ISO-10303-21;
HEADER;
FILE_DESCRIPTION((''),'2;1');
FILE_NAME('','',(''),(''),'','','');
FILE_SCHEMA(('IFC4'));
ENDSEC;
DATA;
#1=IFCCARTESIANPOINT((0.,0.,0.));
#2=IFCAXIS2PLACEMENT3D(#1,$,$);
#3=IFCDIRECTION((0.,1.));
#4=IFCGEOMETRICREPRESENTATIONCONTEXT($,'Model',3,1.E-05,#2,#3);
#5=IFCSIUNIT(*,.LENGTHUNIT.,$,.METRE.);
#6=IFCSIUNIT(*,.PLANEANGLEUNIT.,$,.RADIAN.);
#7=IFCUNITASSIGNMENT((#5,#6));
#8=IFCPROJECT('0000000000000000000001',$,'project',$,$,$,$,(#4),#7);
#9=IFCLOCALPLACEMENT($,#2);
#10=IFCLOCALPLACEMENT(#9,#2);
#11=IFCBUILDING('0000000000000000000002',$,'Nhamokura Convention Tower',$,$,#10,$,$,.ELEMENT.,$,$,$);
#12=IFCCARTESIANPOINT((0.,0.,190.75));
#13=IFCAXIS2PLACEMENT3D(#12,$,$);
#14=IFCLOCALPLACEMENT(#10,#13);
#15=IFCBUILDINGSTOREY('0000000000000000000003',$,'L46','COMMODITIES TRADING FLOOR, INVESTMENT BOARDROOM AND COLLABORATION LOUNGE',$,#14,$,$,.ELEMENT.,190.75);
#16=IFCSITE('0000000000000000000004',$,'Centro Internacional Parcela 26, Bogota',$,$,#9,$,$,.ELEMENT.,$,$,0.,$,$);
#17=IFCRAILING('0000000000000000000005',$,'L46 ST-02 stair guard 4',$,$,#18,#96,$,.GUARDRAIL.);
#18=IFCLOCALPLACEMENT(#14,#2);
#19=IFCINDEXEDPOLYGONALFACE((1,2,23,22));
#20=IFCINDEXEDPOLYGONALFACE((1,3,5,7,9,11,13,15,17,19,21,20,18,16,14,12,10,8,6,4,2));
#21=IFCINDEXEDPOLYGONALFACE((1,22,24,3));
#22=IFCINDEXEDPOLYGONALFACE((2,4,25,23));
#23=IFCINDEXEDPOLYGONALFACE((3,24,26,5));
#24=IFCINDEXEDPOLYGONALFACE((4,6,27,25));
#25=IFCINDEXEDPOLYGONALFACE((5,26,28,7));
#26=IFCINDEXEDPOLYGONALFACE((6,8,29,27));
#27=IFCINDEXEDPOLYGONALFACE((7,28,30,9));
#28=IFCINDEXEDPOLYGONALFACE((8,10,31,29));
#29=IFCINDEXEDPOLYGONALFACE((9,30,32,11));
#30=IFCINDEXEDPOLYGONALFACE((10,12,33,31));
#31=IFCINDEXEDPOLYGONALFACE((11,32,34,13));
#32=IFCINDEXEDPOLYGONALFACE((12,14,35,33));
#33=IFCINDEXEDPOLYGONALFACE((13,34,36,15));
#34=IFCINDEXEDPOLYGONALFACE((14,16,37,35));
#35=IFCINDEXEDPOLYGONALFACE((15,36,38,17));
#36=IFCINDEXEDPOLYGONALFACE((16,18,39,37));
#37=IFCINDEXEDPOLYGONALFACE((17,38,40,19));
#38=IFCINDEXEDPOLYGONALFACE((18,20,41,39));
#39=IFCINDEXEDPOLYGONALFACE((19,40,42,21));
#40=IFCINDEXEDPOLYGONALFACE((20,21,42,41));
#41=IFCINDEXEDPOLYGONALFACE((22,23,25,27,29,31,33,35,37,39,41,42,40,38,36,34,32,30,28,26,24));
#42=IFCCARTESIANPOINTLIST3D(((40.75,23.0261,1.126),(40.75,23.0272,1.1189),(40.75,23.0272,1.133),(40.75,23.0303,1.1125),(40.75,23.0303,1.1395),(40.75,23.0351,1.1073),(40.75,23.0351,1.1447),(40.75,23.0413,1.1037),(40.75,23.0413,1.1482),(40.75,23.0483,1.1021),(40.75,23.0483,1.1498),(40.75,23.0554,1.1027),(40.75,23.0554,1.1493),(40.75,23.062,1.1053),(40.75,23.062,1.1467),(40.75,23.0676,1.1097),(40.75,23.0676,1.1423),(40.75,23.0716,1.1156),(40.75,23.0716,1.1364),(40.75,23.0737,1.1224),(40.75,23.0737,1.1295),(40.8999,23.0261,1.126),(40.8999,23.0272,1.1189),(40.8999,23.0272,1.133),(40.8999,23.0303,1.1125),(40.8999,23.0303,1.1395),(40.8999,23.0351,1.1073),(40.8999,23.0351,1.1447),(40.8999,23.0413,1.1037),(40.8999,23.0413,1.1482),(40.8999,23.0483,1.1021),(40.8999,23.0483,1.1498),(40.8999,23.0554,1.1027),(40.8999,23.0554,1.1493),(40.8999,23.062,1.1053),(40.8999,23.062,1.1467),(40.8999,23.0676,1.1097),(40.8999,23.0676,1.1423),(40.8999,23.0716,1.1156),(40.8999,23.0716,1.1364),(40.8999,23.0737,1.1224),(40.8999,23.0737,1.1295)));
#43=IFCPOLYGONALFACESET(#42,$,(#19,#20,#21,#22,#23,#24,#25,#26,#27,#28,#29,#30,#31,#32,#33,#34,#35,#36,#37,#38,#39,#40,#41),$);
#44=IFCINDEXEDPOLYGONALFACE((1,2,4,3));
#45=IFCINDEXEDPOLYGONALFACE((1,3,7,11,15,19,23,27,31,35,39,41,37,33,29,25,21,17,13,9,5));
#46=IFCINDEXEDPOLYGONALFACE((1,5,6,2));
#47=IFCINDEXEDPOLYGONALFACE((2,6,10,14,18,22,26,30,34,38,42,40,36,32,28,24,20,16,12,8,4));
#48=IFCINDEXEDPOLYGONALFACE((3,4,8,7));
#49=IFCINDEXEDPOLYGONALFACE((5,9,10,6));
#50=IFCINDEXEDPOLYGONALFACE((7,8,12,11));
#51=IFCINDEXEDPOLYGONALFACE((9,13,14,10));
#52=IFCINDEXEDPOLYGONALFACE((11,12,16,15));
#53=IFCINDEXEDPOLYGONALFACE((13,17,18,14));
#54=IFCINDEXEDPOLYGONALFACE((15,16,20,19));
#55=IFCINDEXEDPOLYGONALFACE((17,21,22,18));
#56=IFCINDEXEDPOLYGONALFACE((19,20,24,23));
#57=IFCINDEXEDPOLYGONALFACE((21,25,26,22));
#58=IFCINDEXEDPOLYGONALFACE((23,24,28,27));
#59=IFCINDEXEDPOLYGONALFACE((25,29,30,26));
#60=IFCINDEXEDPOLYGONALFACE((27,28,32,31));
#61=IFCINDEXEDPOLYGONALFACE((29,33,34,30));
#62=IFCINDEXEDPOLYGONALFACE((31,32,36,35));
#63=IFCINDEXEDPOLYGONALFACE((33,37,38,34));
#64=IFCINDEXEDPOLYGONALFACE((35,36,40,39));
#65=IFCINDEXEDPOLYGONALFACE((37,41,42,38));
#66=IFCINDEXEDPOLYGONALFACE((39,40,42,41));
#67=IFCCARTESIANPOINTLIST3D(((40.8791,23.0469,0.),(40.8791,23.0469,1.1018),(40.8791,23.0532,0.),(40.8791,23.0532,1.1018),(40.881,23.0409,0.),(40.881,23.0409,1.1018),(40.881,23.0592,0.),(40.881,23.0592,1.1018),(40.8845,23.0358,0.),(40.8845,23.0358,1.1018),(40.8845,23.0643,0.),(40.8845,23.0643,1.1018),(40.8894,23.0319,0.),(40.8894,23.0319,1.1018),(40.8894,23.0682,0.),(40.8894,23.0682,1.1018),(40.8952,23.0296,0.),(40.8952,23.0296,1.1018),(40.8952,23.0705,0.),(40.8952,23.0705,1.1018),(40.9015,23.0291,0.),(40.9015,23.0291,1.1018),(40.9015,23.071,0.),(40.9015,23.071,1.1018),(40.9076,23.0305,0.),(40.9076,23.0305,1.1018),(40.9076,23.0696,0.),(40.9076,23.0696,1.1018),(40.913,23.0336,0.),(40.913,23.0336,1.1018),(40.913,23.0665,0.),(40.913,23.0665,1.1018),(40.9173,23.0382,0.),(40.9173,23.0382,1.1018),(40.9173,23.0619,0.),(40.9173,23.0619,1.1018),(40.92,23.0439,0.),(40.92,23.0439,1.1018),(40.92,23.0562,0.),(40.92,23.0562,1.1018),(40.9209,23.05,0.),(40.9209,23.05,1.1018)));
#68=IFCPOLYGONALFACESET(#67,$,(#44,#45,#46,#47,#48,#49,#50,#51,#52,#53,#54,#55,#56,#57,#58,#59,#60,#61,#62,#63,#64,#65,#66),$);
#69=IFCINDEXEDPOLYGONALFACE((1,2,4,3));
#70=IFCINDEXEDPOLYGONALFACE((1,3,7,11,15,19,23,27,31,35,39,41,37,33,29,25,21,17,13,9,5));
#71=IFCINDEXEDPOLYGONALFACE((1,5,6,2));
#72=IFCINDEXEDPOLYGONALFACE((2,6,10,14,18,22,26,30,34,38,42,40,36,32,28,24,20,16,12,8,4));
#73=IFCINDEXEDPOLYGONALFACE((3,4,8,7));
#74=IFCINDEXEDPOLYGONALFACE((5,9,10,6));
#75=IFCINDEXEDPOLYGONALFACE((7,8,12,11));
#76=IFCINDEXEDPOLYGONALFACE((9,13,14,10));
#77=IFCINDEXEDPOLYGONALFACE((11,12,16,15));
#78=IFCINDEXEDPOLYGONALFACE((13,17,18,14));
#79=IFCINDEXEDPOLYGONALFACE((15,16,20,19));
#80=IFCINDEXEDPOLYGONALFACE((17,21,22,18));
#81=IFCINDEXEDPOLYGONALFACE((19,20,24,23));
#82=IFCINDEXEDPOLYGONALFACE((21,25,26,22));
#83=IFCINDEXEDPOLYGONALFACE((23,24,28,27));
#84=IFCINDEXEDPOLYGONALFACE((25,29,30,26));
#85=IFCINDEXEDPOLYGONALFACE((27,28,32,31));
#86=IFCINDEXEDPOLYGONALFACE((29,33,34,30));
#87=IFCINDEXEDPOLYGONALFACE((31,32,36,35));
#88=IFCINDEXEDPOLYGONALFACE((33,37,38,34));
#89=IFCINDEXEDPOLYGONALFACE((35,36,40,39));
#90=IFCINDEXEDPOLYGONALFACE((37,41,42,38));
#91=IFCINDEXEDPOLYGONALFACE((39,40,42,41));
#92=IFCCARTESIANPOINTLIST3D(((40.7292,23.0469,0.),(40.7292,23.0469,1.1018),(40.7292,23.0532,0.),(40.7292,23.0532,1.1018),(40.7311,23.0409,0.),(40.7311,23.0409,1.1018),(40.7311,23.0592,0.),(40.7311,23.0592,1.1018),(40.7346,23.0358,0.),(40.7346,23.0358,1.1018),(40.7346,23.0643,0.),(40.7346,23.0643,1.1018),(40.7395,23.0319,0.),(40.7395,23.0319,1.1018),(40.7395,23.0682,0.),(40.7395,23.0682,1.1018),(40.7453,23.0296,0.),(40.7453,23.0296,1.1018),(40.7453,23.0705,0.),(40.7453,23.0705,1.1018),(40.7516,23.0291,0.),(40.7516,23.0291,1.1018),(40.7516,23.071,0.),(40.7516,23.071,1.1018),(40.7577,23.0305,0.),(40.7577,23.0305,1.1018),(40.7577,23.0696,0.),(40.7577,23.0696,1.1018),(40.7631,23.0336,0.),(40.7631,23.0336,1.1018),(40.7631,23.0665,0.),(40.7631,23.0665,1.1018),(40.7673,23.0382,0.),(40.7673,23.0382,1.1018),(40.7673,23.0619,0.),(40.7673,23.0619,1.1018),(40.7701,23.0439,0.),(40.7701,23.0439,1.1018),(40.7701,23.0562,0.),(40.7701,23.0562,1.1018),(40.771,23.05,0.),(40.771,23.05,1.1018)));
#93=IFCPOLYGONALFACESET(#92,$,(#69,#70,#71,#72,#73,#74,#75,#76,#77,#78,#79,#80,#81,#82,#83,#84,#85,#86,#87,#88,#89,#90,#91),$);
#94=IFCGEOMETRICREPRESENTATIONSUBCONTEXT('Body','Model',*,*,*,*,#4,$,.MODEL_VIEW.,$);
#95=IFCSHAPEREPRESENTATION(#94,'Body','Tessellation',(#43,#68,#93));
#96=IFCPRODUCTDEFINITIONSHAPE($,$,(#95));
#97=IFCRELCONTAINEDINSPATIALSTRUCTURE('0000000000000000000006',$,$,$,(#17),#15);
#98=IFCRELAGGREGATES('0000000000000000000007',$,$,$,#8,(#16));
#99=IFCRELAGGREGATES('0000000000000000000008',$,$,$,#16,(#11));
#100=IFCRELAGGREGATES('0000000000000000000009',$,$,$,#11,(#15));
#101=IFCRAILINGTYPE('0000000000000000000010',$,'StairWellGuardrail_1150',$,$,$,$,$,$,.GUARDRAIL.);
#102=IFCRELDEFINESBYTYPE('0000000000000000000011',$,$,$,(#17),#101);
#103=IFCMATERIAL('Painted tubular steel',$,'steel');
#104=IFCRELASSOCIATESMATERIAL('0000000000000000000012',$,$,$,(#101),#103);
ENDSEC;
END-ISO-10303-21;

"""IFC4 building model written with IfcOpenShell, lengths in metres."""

from ifc_helpers import new_model, si_unit, direction, frame, origin, origin_2d, place, context, subcontext, project, spatial, circle, extrude, material, type_object, element, save


model = new_model("IFC4")

# Units and contexts
model_context = context("Model", 3, precision=1e-05, world=origin(), true_north=direction((0.0, 1.0)))
body_context = subcontext(model_context, "Body", "Model", "MODEL_VIEW")
ifc_project = project(units=[si_unit("LENGTHUNIT", "METRE"), si_unit("PLANEANGLEUNIT", "RADIAN")], contexts=[model_context])

# Site, building, storey
site_placement = place(None, origin())
site = spatial("IfcSite", under=ifc_project, at=site_placement, Name="Centro Internacional Parcela 26, Bogota", CompositionType="ELEMENT", RefElevation=0.0)
building_placement = place(site_placement, origin())
building = spatial("IfcBuilding", under=site, at=building_placement, Name="Nhamokura Convention Tower", CompositionType="ELEMENT")
storey_placement = place(building_placement, frame((0.0, 0.0, 190.75)))
storey = spatial("IfcBuildingStorey", under=building, at=storey_placement, Name="L46", Description="COMMODITIES TRADING FLOOR, INVESTMENT BOARDROOM AND COLLABORATION LOUNGE", CompositionType="ELEMENT", Elevation=190.75)

# Railing
ifc_material_1 = material(Name="Painted tubular steel", Category="steel")
railing_type_1 = type_object("IfcRailingType", Name="StairWellGuardrail_1150", PredefinedType="GUARDRAIL", material=ifc_material_1)
railing_1_placement = place(storey_placement, frame((40.8999, 23.05, 0.0)))
element("IfcRailing", 1, at=railing_1_placement, inside=storey, type_object=railing_type_1, Name="L46 ST-02 stair guard 4", PredefinedType="GUARDRAIL", context=body_context, shape_type="SweptSolid", body=[
    extrude(circle(Radius=0.0239, at=origin_2d()), frame((0.0, 0.0, 1.126), z_axis=(-1.0, 0.0, 0.0), x_axis=(0.0, -1.0, 0.0)), (0.0, 0.0, 1.0), 0.1499),
    extrude(circle(Radius=0.021, at=origin_2d()), origin(), (0.0, 0.0, 1.0), 1.1018),
    extrude(circle(Radius=0.021, at=origin_2d()), frame((-0.1499, 0.0, 0.0)), (0.0, 0.0, 1.0), 1.1018),
])

save(model, "model.ifc")
